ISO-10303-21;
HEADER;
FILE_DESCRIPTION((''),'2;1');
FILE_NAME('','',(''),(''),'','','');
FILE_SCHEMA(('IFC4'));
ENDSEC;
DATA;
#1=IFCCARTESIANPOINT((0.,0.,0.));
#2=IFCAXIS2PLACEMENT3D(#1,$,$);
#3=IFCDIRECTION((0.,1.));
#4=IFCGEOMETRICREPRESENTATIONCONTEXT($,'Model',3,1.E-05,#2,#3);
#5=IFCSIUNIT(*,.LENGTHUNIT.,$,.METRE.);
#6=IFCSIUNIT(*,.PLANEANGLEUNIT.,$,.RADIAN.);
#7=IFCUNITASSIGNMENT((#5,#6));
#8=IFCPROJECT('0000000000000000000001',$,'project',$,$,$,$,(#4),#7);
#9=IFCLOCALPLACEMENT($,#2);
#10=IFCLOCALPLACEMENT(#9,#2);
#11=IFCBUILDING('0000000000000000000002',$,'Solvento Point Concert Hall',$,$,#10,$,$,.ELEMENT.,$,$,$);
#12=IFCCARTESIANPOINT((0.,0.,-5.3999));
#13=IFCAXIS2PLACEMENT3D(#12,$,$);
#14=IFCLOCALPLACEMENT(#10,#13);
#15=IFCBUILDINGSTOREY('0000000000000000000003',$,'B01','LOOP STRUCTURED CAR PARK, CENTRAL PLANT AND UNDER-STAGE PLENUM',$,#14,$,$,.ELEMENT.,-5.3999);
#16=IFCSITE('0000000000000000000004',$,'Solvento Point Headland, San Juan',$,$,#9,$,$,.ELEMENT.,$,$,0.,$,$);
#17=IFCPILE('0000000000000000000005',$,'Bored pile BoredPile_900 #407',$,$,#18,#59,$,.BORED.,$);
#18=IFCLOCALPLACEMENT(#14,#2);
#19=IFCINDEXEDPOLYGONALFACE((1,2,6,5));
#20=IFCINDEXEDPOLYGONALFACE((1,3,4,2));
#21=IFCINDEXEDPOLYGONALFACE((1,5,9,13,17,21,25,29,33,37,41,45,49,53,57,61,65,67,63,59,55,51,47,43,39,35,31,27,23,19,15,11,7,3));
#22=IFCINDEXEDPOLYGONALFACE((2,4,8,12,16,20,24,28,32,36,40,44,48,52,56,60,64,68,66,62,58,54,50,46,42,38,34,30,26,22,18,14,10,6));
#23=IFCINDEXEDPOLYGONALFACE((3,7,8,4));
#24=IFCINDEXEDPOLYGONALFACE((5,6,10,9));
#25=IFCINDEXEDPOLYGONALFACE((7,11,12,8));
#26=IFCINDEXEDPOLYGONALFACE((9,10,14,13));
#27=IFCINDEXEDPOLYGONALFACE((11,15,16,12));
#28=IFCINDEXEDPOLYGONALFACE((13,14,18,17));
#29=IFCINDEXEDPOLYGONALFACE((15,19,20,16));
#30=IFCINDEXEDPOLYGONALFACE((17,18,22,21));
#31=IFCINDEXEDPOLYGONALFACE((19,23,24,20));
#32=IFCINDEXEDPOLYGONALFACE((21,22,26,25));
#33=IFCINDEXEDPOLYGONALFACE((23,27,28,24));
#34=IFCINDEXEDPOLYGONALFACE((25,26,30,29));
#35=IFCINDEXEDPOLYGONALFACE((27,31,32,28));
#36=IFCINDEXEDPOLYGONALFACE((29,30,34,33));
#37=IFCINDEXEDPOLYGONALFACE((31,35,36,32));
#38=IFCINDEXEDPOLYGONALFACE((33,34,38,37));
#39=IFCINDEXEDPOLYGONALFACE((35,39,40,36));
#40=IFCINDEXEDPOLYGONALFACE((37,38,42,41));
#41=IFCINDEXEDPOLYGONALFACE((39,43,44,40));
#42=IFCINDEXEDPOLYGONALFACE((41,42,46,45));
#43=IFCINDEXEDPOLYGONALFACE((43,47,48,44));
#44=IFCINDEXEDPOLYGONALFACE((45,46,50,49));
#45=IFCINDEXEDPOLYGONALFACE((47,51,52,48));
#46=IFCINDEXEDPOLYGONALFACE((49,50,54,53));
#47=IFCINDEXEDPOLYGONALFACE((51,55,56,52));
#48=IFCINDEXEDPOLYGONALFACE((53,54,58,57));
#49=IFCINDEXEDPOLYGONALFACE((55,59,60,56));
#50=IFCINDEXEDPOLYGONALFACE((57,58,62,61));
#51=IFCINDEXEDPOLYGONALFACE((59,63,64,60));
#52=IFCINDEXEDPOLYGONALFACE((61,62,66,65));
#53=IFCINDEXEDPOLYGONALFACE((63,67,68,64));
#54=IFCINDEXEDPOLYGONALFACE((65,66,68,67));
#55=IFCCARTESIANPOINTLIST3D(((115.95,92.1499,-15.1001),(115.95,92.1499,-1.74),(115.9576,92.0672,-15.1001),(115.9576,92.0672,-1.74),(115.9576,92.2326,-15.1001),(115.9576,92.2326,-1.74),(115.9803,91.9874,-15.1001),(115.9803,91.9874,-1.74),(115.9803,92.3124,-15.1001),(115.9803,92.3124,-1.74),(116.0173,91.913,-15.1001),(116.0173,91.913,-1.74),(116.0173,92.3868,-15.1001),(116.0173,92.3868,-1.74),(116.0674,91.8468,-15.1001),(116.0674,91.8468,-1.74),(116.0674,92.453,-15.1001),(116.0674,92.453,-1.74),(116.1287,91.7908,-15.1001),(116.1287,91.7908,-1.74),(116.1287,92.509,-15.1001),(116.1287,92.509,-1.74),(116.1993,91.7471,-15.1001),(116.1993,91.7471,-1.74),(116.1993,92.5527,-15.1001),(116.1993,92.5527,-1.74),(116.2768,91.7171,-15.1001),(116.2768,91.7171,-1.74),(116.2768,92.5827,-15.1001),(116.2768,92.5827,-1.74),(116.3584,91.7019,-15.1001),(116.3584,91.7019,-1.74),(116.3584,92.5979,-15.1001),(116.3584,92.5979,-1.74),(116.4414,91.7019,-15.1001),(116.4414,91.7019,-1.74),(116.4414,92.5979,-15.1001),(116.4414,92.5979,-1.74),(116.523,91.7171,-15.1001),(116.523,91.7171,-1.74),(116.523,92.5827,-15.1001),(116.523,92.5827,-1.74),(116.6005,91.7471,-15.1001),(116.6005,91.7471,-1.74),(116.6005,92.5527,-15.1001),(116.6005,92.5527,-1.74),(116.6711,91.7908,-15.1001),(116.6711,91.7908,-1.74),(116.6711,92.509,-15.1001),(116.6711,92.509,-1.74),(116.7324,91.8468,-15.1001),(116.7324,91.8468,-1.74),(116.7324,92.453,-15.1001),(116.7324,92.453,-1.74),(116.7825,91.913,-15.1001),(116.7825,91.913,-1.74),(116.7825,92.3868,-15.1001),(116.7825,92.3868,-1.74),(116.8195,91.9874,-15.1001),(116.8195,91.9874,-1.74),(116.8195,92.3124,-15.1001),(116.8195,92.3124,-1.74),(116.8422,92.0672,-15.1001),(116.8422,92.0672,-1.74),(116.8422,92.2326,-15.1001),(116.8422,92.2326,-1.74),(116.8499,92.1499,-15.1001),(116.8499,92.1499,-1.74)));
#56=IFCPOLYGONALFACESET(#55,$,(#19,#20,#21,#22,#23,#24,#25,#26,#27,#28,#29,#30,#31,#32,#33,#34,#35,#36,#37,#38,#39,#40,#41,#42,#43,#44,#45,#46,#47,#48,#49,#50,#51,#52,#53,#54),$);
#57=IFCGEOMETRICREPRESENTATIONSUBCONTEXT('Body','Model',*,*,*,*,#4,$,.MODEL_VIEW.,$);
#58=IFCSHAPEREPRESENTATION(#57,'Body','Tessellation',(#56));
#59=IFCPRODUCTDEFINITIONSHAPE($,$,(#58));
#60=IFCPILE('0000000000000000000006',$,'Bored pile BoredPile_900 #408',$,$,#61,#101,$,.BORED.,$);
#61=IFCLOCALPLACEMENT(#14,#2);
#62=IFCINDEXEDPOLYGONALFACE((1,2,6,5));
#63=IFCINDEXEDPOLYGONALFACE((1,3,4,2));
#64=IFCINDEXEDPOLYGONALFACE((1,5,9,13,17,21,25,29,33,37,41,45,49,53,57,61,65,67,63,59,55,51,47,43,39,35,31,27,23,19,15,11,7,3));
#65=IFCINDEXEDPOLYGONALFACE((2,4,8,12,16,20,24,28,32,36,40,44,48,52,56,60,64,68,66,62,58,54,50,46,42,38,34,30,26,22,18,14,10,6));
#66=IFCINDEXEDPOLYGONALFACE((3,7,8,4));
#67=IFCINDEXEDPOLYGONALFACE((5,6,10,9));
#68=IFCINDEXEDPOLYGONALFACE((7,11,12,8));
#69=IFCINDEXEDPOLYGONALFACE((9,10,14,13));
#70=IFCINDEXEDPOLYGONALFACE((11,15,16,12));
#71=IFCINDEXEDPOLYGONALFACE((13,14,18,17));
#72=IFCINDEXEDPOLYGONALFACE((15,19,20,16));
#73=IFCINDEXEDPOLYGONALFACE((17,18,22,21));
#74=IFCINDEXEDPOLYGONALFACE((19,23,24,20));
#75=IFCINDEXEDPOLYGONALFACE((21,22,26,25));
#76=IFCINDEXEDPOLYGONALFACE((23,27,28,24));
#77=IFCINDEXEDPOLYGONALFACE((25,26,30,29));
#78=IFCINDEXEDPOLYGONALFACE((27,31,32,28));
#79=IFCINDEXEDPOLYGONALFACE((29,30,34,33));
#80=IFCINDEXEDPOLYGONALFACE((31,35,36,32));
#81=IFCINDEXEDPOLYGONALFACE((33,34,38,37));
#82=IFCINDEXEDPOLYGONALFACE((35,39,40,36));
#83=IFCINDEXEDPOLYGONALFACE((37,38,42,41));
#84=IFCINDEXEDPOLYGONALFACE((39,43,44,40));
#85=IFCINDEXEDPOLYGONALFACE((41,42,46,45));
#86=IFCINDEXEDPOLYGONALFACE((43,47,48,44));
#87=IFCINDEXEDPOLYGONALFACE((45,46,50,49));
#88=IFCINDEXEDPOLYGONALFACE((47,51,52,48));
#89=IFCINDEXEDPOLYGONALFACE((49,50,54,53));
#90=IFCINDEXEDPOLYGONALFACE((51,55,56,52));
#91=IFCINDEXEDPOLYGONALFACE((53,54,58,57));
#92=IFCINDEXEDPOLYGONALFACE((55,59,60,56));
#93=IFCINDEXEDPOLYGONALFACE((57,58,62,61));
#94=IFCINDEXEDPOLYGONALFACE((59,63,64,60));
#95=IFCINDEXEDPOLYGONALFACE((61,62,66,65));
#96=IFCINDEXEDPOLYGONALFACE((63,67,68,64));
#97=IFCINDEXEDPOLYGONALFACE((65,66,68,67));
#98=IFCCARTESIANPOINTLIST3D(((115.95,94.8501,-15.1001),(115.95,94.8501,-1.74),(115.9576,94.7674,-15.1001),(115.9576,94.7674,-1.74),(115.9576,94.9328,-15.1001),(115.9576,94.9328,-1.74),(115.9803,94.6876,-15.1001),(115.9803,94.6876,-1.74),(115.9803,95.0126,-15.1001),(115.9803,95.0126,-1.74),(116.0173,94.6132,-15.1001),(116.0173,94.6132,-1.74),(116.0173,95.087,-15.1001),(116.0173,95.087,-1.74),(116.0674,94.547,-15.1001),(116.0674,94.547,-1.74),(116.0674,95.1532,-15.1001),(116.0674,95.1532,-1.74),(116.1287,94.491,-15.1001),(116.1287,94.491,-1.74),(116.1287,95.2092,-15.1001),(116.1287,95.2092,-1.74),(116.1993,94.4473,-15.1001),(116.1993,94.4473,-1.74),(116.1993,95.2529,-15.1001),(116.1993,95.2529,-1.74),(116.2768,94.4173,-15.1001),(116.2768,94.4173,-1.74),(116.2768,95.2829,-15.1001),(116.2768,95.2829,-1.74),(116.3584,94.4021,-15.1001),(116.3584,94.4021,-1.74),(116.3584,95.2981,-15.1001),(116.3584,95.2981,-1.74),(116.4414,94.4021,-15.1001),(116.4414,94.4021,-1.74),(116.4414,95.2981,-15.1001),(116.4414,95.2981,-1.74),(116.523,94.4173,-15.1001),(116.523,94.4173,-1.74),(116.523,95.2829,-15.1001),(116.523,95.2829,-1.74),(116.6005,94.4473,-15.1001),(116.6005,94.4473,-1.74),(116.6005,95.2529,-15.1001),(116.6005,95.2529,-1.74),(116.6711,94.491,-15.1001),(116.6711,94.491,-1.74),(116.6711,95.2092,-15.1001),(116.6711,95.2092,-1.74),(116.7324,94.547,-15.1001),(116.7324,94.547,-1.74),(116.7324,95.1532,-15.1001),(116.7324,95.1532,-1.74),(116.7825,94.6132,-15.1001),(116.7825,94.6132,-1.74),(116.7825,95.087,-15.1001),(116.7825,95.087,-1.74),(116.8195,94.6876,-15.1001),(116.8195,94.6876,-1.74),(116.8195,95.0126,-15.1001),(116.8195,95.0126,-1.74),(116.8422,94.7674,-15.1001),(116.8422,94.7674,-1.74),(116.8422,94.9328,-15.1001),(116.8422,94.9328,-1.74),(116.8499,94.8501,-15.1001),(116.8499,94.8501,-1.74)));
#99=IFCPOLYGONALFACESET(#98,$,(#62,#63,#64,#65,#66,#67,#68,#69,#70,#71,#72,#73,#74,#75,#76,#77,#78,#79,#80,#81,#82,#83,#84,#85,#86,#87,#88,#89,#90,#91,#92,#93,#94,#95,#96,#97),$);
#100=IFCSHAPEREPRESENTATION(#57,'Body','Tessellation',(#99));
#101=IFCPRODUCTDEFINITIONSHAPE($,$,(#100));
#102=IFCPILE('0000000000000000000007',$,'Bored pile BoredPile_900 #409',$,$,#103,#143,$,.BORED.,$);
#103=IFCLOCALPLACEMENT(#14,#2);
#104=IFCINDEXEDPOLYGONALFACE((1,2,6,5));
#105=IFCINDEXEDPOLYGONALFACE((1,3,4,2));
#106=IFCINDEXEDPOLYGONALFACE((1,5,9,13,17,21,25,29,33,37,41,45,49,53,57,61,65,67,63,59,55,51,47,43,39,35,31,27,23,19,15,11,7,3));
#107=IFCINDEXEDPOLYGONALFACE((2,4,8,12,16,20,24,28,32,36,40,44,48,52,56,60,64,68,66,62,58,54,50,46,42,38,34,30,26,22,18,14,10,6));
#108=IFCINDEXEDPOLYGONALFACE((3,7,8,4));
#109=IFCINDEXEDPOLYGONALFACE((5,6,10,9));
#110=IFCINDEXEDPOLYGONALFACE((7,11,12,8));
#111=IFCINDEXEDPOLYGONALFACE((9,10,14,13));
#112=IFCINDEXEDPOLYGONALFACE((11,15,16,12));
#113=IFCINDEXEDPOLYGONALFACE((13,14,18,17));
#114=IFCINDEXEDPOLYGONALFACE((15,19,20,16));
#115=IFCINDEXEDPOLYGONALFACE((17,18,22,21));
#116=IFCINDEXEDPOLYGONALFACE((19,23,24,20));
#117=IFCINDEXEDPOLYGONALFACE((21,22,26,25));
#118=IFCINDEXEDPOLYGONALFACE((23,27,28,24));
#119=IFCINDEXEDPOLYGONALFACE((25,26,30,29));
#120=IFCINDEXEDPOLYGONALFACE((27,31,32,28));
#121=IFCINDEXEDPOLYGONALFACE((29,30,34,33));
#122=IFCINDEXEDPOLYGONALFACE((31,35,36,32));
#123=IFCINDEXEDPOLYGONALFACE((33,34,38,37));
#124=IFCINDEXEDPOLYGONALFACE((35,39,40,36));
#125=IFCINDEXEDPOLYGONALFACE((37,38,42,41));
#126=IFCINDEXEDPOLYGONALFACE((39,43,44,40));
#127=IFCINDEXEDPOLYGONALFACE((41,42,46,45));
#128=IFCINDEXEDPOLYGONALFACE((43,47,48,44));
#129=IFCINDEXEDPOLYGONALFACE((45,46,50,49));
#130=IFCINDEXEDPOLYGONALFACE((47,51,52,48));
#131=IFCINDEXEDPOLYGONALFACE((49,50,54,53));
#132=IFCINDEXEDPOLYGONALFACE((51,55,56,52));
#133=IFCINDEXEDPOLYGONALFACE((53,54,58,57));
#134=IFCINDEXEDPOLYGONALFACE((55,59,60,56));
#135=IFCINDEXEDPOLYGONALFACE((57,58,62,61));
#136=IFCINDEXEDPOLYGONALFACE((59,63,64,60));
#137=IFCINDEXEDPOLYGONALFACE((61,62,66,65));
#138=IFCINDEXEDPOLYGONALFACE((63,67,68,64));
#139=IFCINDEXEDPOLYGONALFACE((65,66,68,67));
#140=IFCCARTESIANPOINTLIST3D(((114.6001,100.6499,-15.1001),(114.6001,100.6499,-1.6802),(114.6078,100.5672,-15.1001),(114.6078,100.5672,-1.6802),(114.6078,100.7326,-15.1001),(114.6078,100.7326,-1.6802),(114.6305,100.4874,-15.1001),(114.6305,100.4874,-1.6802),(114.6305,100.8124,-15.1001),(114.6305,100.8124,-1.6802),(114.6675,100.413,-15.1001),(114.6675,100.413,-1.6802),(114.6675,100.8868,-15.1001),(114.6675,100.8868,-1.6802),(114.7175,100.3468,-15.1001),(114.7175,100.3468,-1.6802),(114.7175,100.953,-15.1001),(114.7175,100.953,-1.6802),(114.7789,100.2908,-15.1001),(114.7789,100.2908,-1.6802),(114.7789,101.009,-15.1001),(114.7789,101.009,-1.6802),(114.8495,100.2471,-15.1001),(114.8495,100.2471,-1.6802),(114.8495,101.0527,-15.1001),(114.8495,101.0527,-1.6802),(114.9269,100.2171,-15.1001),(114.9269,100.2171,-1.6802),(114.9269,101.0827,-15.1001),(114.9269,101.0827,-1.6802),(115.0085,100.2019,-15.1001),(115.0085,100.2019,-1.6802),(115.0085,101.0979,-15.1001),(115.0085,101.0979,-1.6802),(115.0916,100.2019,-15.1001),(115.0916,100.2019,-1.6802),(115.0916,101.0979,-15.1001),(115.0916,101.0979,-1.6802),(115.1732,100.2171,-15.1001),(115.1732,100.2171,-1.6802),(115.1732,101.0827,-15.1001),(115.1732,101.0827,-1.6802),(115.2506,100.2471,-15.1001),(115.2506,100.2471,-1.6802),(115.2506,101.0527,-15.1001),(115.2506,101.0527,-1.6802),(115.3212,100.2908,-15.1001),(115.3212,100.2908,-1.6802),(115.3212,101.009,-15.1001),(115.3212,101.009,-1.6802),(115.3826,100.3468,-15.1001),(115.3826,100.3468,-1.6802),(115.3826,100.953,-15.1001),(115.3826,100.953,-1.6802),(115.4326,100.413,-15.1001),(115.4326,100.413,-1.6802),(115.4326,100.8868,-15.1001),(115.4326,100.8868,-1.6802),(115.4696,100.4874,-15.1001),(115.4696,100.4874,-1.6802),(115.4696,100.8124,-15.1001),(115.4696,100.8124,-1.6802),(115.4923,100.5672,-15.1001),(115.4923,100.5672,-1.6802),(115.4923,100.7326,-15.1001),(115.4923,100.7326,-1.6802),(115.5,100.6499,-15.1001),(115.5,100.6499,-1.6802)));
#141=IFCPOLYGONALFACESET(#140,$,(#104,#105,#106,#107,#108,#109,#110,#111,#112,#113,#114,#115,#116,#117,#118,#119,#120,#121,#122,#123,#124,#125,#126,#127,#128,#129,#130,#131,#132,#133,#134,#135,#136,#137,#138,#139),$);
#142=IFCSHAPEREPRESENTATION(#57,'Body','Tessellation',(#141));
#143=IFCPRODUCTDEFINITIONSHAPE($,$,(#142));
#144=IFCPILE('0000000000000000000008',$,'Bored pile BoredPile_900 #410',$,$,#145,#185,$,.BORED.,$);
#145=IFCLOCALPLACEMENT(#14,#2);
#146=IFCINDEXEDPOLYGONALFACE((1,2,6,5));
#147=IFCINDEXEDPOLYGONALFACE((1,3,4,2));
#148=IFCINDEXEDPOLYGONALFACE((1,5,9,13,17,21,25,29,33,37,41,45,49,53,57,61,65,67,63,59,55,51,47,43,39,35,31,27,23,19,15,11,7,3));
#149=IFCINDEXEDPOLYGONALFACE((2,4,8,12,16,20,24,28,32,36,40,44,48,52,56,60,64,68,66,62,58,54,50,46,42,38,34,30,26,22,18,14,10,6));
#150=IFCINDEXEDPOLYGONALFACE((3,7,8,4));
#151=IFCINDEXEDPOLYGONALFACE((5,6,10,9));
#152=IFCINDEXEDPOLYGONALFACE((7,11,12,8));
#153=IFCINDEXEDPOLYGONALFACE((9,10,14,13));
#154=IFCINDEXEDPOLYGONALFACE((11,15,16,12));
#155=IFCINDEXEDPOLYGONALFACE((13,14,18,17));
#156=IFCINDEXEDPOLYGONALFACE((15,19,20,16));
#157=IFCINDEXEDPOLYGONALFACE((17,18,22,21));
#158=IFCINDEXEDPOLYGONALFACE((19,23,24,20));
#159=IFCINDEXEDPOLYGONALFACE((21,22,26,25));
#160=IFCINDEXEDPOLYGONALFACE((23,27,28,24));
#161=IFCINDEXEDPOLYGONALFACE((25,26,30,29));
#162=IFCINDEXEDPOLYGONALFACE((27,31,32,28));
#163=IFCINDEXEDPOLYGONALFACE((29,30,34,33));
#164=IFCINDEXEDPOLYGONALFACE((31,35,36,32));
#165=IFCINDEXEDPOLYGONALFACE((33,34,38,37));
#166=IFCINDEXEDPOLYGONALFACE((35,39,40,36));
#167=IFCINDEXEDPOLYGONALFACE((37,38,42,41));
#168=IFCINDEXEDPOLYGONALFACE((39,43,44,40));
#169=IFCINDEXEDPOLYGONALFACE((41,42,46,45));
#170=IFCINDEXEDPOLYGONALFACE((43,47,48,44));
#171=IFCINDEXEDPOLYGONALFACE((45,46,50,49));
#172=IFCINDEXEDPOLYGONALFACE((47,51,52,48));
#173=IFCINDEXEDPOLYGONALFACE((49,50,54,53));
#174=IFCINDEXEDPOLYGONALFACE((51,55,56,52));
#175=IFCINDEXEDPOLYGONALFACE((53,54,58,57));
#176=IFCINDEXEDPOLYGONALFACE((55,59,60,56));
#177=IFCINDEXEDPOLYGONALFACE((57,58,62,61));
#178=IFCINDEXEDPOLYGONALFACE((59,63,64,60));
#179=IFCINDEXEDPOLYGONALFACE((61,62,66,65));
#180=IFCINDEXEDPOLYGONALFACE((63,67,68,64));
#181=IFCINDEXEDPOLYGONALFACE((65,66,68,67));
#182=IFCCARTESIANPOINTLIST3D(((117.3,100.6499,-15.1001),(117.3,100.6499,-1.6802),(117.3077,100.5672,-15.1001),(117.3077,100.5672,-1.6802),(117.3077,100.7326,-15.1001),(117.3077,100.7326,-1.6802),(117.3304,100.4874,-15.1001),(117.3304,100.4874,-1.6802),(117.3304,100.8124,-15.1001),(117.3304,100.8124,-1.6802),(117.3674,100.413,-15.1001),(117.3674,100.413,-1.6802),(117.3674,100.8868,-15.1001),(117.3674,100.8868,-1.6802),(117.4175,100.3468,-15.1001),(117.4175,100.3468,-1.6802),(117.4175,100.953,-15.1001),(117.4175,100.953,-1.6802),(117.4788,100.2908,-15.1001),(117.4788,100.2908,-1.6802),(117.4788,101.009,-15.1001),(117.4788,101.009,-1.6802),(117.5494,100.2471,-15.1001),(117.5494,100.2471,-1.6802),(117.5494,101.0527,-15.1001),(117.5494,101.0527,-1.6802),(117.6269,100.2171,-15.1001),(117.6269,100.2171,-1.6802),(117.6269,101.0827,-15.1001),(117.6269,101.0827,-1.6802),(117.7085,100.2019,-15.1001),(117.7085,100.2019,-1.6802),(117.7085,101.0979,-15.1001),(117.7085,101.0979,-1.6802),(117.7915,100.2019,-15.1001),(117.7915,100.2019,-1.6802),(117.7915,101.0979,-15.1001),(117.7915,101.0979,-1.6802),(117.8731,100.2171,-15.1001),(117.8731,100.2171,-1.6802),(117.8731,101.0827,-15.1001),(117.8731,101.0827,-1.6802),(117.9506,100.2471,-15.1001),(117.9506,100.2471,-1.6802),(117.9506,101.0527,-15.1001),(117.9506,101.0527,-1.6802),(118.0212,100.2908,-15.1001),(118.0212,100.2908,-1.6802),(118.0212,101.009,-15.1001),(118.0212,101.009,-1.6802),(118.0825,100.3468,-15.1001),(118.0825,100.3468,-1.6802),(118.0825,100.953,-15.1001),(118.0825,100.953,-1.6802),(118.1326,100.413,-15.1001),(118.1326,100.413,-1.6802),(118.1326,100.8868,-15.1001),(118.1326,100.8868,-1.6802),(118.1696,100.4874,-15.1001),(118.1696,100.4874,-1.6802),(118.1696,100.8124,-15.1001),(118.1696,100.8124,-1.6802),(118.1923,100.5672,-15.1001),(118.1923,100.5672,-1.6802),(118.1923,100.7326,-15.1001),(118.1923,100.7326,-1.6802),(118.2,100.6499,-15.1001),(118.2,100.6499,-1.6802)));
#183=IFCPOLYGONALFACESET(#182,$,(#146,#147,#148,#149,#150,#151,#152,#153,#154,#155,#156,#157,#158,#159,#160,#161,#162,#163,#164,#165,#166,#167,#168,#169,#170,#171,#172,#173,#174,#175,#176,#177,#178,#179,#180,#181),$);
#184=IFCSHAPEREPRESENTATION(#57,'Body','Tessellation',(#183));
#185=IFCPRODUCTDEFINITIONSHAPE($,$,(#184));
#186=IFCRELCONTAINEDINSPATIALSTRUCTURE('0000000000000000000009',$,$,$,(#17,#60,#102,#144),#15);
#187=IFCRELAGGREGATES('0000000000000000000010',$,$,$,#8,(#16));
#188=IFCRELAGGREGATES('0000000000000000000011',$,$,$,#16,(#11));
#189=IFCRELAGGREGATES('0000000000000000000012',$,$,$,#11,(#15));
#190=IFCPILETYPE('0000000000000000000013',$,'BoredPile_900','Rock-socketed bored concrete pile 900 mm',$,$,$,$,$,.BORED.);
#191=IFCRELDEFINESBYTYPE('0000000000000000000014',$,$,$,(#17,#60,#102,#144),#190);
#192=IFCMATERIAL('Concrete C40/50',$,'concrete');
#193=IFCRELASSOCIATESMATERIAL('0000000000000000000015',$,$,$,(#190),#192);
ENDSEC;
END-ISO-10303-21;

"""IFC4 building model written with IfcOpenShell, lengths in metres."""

from ifc_helpers import new_model, si_unit, direction, frame, origin, origin_2d, place, context, subcontext, project, spatial, circle, extrude, material, material_profile, profile_set, type_object, element, save


model = new_model("IFC4")

# Units and contexts
model_context = context("Model", 3, precision=1e-05, world=origin(), true_north=direction((0.0, 1.0)))
body_context = subcontext(model_context, "Body", "Model", "MODEL_VIEW")
ifc_project = project(units=[si_unit("LENGTHUNIT", "METRE"), si_unit("PLANEANGLEUNIT", "RADIAN")], contexts=[model_context])

# Site, building, storey
site_placement = place(None, origin())
site = spatial("IfcSite", under=ifc_project, at=site_placement, Name="Solvento Point Headland, San Juan", CompositionType="ELEMENT", RefElevation=0.0)
building_placement = place(site_placement, origin())
building = spatial("IfcBuilding", under=site, at=building_placement, Name="Solvento Point Concert Hall", CompositionType="ELEMENT")
storey_placement = place(building_placement, frame((0.0, 0.0, -5.3999)))
storey = spatial("IfcBuildingStorey", under=building, at=storey_placement, Name="B01", Description="LOOP STRUCTURED CAR PARK, CENTRAL PLANT AND UNDER-STAGE PLENUM", CompositionType="ELEMENT", Elevation=-5.3999)

# Piles
ifc_material_1 = material(Name="Concrete C40/50", Category="concrete")
ifc_material_profile_1 = material_profile(ifc_material_1, circle(Radius=0.45, at=origin_2d()), Name="BP-900")
ifc_profile_set_1 = profile_set([ifc_material_profile_1], Name="Concrete C40/50")
pile_type = type_object("IfcPileType", Name="BoredPile_900", Description="Rock-socketed bored concrete pile 900 mm", PredefinedType="BORED", material=ifc_profile_set_1)
for number, where, z_axis, x_axis, name in (
    (1, (116.3999, 92.1499, -1.74), (0.0, 0.0, -1.0), (1.0, 0.0, 0.0), "Bored pile BoredPile_900 #407"),
    (2, (116.3999, 94.8501, -1.74), (0.0, 0.0, -1.0), (1.0, 0.0, 0.0), "Bored pile BoredPile_900 #408"),
):
    element("IfcPile", number, at=place(storey_placement, frame(where, z_axis=z_axis, x_axis=x_axis)), inside=storey, type_object=pile_type, Name=name, PredefinedType="BORED", context=body_context, shape_type="SweptSolid", body=[
        extrude(circle(Radius=0.45, at=origin_2d()), origin(), (0.0, 0.0, 1.0), 13.3601),
    ])
for number, where, z_axis, x_axis, name in (
    (3, (115.05, 100.6499, -1.6802), (0.0, 0.0, -1.0), (1.0, 0.0, 0.0), "Bored pile BoredPile_900 #409"),
    (4, (117.75, 100.6499, -1.6802), (0.0, 0.0, -1.0), (1.0, 0.0, 0.0), "Bored pile BoredPile_900 #410"),
):
    element("IfcPile", number, at=place(storey_placement, frame(where, z_axis=z_axis, x_axis=x_axis)), inside=storey, type_object=pile_type, Name=name, PredefinedType="BORED", context=body_context, shape_type="SweptSolid", body=[
        extrude(circle(Radius=0.45, at=origin_2d()), origin(), (0.0, 0.0, 1.0), 13.4199),
    ])

save(model, "model.ifc")
